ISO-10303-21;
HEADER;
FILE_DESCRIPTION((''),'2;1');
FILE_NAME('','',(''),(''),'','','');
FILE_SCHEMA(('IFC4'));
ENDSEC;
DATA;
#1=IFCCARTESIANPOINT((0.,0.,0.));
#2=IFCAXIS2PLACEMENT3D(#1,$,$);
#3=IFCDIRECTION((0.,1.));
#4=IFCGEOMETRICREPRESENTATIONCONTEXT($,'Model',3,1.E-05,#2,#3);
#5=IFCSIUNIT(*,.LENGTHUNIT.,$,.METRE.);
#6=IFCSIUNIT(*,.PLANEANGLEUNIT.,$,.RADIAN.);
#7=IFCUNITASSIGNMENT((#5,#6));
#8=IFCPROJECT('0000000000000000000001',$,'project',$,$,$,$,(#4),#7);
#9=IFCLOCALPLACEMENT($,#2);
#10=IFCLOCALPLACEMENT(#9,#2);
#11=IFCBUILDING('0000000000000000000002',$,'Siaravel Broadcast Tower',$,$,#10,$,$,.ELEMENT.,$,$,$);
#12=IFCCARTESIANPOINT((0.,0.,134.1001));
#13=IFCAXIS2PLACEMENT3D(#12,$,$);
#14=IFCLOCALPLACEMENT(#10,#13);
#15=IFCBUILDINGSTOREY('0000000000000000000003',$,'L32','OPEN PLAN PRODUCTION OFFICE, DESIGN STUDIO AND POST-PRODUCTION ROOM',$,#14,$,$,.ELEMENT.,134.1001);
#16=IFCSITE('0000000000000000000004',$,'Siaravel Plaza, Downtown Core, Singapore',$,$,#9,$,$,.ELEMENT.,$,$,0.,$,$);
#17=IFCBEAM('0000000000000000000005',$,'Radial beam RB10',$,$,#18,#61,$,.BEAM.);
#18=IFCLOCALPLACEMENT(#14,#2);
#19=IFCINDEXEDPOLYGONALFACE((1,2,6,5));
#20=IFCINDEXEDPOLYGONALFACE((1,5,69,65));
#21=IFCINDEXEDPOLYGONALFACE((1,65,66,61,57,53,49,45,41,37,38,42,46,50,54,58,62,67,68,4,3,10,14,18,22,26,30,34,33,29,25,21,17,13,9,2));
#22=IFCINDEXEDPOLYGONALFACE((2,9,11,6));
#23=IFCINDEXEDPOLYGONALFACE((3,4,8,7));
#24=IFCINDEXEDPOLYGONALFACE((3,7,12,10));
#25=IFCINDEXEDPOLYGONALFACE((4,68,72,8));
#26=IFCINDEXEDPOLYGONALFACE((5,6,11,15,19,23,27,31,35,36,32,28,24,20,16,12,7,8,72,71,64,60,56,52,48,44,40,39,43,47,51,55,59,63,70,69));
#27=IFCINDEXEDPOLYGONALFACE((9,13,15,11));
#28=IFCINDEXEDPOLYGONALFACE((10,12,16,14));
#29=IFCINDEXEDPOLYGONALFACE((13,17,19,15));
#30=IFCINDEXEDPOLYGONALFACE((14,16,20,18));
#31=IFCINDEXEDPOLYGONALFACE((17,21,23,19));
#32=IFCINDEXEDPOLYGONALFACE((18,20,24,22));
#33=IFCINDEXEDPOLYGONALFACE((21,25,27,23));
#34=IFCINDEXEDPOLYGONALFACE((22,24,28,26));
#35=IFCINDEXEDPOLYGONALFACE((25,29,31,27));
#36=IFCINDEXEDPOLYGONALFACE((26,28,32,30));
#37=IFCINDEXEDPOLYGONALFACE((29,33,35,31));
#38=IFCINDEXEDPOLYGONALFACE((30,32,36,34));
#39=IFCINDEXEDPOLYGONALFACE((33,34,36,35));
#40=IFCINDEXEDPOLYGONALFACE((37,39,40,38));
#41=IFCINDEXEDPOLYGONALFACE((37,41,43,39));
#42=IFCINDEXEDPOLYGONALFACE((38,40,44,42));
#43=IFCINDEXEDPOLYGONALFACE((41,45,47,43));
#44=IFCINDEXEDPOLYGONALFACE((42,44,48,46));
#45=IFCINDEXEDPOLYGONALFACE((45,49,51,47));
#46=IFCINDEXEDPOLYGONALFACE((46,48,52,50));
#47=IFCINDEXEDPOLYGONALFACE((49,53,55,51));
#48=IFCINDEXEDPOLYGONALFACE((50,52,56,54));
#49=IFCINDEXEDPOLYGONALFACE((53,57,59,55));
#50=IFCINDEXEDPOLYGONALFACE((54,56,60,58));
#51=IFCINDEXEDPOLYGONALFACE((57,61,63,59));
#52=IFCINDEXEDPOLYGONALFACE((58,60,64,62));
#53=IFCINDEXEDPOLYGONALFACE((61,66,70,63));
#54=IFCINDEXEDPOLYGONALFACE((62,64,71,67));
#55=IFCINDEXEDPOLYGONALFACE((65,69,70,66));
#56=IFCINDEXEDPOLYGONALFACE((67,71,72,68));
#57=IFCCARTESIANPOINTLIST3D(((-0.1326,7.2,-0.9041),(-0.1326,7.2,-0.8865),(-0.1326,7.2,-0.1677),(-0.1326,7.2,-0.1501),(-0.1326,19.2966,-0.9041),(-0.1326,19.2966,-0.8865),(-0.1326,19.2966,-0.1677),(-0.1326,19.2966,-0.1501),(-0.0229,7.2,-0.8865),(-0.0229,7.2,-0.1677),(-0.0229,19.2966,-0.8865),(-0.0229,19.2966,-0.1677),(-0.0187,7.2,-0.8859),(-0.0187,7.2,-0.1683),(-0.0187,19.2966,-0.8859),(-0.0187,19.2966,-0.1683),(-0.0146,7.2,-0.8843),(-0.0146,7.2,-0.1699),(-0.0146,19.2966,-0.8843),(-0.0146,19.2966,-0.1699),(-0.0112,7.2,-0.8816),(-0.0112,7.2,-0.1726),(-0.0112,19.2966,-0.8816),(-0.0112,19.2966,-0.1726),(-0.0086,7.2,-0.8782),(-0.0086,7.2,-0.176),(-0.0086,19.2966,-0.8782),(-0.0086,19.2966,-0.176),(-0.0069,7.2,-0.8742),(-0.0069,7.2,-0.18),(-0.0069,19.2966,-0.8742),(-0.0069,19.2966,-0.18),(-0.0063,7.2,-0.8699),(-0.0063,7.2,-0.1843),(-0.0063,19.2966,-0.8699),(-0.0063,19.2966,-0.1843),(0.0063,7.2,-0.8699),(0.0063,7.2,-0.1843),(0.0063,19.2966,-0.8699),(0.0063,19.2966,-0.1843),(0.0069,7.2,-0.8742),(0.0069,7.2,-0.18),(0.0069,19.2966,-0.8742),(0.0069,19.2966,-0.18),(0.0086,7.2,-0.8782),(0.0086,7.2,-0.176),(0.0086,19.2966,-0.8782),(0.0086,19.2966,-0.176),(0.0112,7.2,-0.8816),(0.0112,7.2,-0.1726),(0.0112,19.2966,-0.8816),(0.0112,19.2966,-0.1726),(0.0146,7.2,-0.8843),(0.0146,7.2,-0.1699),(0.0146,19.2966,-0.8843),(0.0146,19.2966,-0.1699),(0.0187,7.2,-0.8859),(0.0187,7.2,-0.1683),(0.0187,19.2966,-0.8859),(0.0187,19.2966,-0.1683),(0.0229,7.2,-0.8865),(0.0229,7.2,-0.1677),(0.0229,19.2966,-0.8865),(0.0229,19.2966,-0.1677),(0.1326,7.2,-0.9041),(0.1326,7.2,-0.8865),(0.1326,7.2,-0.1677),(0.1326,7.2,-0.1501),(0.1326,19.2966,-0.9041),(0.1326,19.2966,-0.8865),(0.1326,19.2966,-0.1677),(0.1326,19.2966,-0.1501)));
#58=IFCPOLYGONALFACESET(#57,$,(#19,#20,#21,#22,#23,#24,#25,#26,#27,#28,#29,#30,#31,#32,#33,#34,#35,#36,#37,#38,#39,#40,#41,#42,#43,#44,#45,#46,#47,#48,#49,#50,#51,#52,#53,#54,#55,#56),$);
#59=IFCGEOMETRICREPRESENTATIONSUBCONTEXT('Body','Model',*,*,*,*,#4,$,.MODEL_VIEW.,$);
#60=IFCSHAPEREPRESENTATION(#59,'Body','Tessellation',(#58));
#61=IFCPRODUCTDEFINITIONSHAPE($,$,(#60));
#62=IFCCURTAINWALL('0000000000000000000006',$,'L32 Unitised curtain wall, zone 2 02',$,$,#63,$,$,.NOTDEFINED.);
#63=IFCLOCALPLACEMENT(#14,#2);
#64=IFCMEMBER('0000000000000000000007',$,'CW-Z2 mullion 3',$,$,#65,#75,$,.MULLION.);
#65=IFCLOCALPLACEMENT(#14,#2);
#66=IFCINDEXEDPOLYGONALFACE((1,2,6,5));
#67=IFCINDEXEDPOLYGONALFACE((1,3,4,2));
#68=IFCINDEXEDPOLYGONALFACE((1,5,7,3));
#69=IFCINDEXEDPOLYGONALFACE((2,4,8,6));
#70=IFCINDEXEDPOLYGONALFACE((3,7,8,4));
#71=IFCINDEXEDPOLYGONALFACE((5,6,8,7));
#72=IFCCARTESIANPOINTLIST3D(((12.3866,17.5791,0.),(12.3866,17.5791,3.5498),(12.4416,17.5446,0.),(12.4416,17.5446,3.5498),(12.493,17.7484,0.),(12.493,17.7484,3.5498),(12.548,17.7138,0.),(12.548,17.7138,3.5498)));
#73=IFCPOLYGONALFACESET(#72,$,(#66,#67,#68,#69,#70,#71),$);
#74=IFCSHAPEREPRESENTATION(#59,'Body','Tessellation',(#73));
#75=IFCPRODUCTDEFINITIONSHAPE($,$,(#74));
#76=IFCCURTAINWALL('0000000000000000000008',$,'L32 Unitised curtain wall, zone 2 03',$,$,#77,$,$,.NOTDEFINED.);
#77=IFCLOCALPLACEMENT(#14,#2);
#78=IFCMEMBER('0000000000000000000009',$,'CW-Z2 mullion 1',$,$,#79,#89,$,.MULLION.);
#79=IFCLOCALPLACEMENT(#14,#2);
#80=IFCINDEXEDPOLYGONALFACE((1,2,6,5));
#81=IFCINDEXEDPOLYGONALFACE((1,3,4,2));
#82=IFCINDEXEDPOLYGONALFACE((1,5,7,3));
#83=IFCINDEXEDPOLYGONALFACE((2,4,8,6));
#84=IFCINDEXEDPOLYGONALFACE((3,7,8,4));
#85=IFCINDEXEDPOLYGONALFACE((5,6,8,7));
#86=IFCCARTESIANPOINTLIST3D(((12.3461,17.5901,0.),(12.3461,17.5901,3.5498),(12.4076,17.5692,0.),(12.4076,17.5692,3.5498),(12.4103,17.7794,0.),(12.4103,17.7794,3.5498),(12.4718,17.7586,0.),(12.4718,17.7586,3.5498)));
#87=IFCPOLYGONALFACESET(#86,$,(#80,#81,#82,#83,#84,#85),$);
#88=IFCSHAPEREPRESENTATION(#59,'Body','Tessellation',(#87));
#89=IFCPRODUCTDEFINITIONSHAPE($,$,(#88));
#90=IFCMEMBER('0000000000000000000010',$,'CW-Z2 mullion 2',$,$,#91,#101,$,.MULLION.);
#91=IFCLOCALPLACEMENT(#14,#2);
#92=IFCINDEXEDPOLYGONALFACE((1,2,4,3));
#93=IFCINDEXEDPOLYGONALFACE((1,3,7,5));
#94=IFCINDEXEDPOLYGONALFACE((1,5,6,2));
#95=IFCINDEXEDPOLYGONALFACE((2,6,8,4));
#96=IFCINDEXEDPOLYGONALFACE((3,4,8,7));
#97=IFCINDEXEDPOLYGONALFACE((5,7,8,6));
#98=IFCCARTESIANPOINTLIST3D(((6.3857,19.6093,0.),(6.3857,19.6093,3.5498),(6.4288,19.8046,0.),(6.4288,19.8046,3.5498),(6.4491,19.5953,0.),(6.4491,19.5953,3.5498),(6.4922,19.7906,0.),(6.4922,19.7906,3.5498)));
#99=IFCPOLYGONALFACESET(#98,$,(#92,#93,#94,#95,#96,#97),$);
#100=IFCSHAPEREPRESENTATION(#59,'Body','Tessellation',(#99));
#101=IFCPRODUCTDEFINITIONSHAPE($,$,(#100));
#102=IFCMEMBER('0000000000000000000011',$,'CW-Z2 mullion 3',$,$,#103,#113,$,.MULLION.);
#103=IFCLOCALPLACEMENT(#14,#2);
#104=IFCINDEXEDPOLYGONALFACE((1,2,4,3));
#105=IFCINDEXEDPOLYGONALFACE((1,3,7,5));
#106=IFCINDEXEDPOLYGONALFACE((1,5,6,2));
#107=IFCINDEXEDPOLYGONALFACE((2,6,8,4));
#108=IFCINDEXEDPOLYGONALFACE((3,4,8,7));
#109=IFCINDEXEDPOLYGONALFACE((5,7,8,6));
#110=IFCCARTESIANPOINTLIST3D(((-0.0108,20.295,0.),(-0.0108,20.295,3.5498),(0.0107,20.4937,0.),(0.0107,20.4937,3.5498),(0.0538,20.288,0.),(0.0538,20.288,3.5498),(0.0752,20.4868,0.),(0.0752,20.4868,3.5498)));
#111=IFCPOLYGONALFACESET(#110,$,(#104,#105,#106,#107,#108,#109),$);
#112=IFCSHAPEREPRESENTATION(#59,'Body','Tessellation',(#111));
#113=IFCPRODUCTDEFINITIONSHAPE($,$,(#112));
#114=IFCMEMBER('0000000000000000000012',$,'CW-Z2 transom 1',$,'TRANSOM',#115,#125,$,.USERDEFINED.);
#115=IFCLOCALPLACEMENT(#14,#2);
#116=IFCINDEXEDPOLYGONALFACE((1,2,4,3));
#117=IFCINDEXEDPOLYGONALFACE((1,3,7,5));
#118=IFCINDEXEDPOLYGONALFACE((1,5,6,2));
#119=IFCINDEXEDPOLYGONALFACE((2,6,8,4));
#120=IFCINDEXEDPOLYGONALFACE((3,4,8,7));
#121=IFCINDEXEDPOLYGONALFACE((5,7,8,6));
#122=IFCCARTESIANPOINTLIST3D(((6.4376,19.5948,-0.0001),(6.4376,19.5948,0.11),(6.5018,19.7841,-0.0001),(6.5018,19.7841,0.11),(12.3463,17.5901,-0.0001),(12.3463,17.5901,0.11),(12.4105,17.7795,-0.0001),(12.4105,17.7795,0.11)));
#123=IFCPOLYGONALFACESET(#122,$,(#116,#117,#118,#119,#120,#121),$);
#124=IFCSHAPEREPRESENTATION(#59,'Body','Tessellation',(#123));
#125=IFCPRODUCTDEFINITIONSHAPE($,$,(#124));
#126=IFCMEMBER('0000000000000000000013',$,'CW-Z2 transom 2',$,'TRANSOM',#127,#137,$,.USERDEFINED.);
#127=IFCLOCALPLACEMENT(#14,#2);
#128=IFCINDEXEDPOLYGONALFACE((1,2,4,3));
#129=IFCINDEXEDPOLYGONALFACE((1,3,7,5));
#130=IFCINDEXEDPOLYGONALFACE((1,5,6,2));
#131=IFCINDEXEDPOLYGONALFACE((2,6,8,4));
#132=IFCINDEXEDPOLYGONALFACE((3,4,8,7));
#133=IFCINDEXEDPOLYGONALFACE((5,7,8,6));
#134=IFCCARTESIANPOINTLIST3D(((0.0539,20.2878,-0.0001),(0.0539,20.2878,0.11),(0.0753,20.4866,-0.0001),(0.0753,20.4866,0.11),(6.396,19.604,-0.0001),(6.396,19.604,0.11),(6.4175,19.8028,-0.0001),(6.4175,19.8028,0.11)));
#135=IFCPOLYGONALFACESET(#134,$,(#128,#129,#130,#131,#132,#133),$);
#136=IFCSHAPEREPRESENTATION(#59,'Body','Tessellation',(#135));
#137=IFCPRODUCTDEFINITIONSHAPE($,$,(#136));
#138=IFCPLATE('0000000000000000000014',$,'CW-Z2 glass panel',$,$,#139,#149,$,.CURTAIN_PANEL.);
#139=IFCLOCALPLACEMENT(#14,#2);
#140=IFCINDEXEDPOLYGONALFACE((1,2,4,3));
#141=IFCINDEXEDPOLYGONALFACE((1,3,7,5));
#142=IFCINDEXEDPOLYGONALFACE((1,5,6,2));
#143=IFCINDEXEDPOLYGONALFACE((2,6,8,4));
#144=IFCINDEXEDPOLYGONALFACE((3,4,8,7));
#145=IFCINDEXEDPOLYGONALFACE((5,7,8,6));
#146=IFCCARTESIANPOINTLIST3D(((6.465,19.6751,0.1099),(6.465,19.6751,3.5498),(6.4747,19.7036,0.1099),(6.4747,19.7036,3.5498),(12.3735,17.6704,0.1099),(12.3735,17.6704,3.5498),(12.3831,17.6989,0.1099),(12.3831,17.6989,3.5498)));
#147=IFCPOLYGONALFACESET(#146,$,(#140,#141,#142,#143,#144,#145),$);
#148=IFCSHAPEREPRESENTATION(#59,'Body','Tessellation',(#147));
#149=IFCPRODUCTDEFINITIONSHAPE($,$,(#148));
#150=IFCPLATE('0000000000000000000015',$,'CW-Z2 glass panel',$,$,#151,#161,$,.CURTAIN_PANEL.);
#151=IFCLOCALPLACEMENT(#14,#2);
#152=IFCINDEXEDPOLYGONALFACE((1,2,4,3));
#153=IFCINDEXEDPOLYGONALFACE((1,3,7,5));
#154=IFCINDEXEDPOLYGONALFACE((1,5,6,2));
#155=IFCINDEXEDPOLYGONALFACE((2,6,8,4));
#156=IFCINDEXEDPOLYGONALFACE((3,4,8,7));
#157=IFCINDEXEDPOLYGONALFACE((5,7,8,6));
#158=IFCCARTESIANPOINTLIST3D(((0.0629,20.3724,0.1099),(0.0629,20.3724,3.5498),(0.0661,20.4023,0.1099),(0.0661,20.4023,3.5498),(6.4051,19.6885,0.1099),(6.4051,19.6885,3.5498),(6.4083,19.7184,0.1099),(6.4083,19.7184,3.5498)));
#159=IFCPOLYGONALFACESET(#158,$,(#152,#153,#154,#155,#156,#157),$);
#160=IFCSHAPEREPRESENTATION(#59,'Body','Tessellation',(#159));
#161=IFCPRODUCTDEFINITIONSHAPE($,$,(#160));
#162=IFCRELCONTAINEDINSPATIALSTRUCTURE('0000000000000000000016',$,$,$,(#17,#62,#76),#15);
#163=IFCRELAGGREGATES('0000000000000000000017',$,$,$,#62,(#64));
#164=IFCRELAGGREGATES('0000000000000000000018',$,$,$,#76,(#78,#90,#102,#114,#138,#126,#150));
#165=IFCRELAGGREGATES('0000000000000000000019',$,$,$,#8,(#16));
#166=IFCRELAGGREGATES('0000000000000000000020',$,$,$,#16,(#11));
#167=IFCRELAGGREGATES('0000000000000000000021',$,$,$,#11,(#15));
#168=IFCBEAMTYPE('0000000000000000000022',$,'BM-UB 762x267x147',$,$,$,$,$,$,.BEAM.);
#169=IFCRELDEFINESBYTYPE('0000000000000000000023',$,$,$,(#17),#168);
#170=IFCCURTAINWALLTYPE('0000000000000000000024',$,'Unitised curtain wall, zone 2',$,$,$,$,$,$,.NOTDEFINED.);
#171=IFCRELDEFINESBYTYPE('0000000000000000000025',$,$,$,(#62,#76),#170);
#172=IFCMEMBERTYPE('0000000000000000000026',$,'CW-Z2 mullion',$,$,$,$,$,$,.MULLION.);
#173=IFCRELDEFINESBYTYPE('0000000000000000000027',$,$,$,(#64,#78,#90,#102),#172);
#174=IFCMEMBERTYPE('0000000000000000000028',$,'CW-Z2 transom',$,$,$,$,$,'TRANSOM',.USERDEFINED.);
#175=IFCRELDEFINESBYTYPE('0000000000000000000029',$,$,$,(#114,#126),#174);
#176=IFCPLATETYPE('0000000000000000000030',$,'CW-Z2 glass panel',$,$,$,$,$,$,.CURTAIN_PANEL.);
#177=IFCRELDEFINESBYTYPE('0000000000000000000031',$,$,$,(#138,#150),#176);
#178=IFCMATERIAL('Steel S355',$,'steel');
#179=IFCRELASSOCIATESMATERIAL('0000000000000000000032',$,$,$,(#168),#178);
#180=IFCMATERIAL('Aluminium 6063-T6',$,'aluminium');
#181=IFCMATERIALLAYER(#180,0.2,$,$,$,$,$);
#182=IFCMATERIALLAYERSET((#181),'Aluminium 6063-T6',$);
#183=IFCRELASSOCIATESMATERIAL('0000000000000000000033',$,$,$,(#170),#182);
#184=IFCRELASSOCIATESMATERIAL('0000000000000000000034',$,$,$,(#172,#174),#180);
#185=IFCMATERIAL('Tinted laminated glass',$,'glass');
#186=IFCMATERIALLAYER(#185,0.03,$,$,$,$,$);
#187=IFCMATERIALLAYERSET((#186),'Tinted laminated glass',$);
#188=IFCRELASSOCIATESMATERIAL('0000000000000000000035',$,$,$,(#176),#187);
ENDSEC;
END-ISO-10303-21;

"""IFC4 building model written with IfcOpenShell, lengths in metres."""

from ifc_helpers import new_model, si_unit, direction, frame, origin, origin_2d, place, context, subcontext, project, spatial, rectangle, i_section, extrude, material, layer, layer_set, material_profile, profile_set, type_object, element, aggregate, save


model = new_model("IFC4")

# Units and contexts
model_context = context("Model", 3, precision=1e-05, world=origin(), true_north=direction((0.0, 1.0)))
body_context = subcontext(model_context, "Body", "Model", "MODEL_VIEW")
ifc_project = project(units=[si_unit("LENGTHUNIT", "METRE"), si_unit("PLANEANGLEUNIT", "RADIAN")], contexts=[model_context])

# Site, building, storey
site_placement = place(None, origin())
site = spatial("IfcSite", under=ifc_project, at=site_placement, Name="Siaravel Plaza, Downtown Core, Singapore", CompositionType="ELEMENT", RefElevation=0.0)
building_placement = place(site_placement, origin())
building = spatial("IfcBuilding", under=site, at=building_placement, Name="Siaravel Broadcast Tower", CompositionType="ELEMENT")
storey_placement = place(building_placement, frame((0.0, 0.0, 134.1001)))
storey = spatial("IfcBuildingStorey", under=building, at=storey_placement, Name="L32", Description="OPEN PLAN PRODUCTION OFFICE, DESIGN STUDIO AND POST-PRODUCTION ROOM", CompositionType="ELEMENT", Elevation=134.1001)

# Beam
ifc_material_1 = material(Name="Steel S355", Category="steel")
ifc_material_profile_1 = material_profile(ifc_material_1, i_section(OverallWidth=0.2651, OverallDepth=0.7539, WebThickness=0.0127, FlangeThickness=0.0176, FilletRadius=0.0166, at=origin_2d()))
ifc_profile_set_1 = profile_set([ifc_material_profile_1], Name="Steel S355")
beam_type = type_object("IfcBeamType", Name="BM-UB 762x267x147", PredefinedType="BEAM", material=ifc_profile_set_1)
beam_1_placement = place(storey_placement, frame((0.0, 19.2966, -0.5271), z_axis=(0.0, -1.0, 0.0), x_axis=(1.0, 0.0, 0.0)))
element("IfcBeam", 1, at=beam_1_placement, inside=storey, type_object=beam_type, Name="Radial beam RB10", PredefinedType="BEAM", context=body_context, shape_type="SweptSolid", body=[
    extrude(i_section(OverallWidth=0.2651, OverallDepth=0.7539, WebThickness=0.0127, FlangeThickness=0.0176, FilletRadius=0.0166, at=origin_2d()), origin(), (0.0, 0.0, 1.0), 12.0967),
])

# Curtain wall, member
ifc_material_2 = material(Name="Aluminium 6063-T6", Category="aluminium")
ifc_layer_1 = layer(ifc_material_2, 0.2)
ifc_layer_set_1 = layer_set([ifc_layer_1], Name="Aluminium 6063-T6")
curtain_wall_type = type_object("IfcCurtainWallType", Name="Unitised curtain wall, zone 2", PredefinedType="NOTDEFINED", material=ifc_layer_set_1)
curtain_wall_1_placement = place(storey_placement, origin())
curtain_wall_1 = element("IfcCurtainWall", 2, at=curtain_wall_1_placement, inside=storey, type_object=curtain_wall_type, Name="L32 Unitised curtain wall, zone 2 02", PredefinedType="NOTDEFINED")
ifc_material_profile_2 = material_profile(ifc_material_2, rectangle(XDim=0.2, YDim=0.0649, at=origin_2d()))
ifc_profile_set_2 = profile_set([ifc_material_profile_2], Name="Aluminium 6063-T6")
member_type_1 = type_object("IfcMemberType", Name="CW-Z2 mullion", PredefinedType="MULLION", material=ifc_profile_set_2)
member_1_placement = place(storey_placement, frame((12.4673, 17.6465, 0.0), z_axis=(0.0, 0.0, 1.0), x_axis=(-0.532151, -0.846649, 0.0)))
member_1 = element("IfcMember", 3, at=member_1_placement, type_object=member_type_1, Name="CW-Z2 mullion 3", PredefinedType="MULLION", context=body_context, shape_type="SweptSolid", body=[
    extrude(rectangle(XDim=0.2, YDim=0.0649, at=origin_2d()), origin(), (0.0, 0.0, 1.0), 3.5498),
])
aggregate(curtain_wall_1, [member_1])

# Curtain wall, members, plates
curtain_wall_2_placement = place(storey_placement, origin())
curtain_wall_2 = element("IfcCurtainWall", 4, at=curtain_wall_2_placement, inside=storey, type_object=curtain_wall_type, Name="L32 Unitised curtain wall, zone 2 03", PredefinedType="NOTDEFINED")
member_2_placement = place(storey_placement, frame((12.4089, 17.6743, 0.0), z_axis=(0.0, 0.0, 1.0), x_axis=(-0.321302, -0.946977, 0.0)))
member_2 = element("IfcMember", 5, at=member_2_placement, type_object=member_type_1, Name="CW-Z2 mullion 1", PredefinedType="MULLION", context=body_context, shape_type="SweptSolid", body=[
    extrude(rectangle(XDim=0.2, YDim=0.0649, at=origin_2d()), origin(), (0.0, 0.0, 1.0), 3.5498),
])
member_3_placement = place(storey_placement, frame((6.439, 19.7, 0.0), z_axis=(0.0, 0.0, 1.0), x_axis=(-0.215559, -0.976491, 0.0)))
member_3 = element("IfcMember", 6, at=member_3_placement, type_object=member_type_1, Name="CW-Z2 mullion 2", PredefinedType="MULLION", context=body_context, shape_type="SweptSolid", body=[
    extrude(rectangle(XDim=0.2, YDim=0.0649, at=origin_2d()), origin(), (0.0, 0.0, 1.0), 3.5498),
])
member_4_placement = place(storey_placement, frame((0.0322, 20.3909, 0.0), z_axis=(0.0, 0.0, 1.0), x_axis=(-0.107218, -0.994236, 0.0)))
member_4 = element("IfcMember", 7, at=member_4_placement, type_object=member_type_1, Name="CW-Z2 mullion 3", PredefinedType="MULLION", context=body_context, shape_type="SweptSolid", body=[
    extrude(rectangle(XDim=0.2, YDim=0.0649, at=origin_2d()), origin(), (0.0, 0.0, 1.0), 3.5498),
])
ifc_material_profile_3 = material_profile(ifc_material_2, rectangle(XDim=0.2, YDim=0.1101, at=origin_2d()))
ifc_profile_set_3 = profile_set([ifc_material_profile_3], Name="Aluminium 6063-T6")
member_type_2 = type_object("IfcMemberType", Name="CW-Z2 transom", ElementType="TRANSOM", PredefinedType="USERDEFINED", material=ifc_profile_set_3)
member_5_placement = place(storey_placement, frame((12.3784, 17.6848, 0.0549), z_axis=(-0.946983, 0.321283, 0.0), x_axis=(-0.321283, -0.946983, 0.0)))
member_5 = element("IfcMember", 8, at=member_5_placement, type_object=member_type_2, Name="CW-Z2 transom 1", ObjectType="TRANSOM", PredefinedType="USERDEFINED", context=body_context, shape_type="SweptSolid", body=[
    extrude(rectangle(XDim=0.2, YDim=0.1101, at=origin_2d()), origin(), (0.0, 0.0, 1.0), 6.2395),
])
member_6_placement = place(storey_placement, frame((6.4067, 19.7034, 0.0549), z_axis=(-0.994237, 0.107205, 0.0), x_axis=(-0.107205, -0.994237, 0.0)))
member_6 = element("IfcMember", 9, at=member_6_placement, type_object=member_type_2, Name="CW-Z2 transom 2", ObjectType="TRANSOM", PredefinedType="USERDEFINED", context=body_context, shape_type="SweptSolid", body=[
    extrude(rectangle(XDim=0.2, YDim=0.1101, at=origin_2d()), origin(), (0.0, 0.0, 1.0), 6.3789),
])
ifc_material_3 = material(Name="Tinted laminated glass", Category="glass")
ifc_layer_2 = layer(ifc_material_3, 0.03)
ifc_layer_set_2 = layer_set([ifc_layer_2], Name="Tinted laminated glass")
plate_type = type_object("IfcPlateType", Name="CW-Z2 glass panel", PredefinedType="CURTAIN_PANEL", material=ifc_layer_set_2)
plate_1_placement = place(storey_placement, frame((9.4241, 18.687, 0.1099), z_axis=(0.0, 0.0, 1.0), x_axis=(-0.946977, 0.321302, 0.0)))
plate_1 = element("IfcPlate", 10, at=plate_1_placement, type_object=plate_type, Name="CW-Z2 glass panel", PredefinedType="CURTAIN_PANEL", context=body_context, shape_type="SweptSolid", body=[
    extrude(rectangle(XDim=6.2393, YDim=0.03, at=origin_2d()), origin(), (0.0, 0.0, 1.0), 3.4399),
])
plate_2_placement = place(storey_placement, frame((3.2356, 20.0454, 0.1099), z_axis=(0.0, 0.0, 1.0), x_axis=(-0.994236, 0.107218, 0.0)))
plate_2 = element("IfcPlate", 11, at=plate_2_placement, type_object=plate_type, Name="CW-Z2 glass panel", PredefinedType="CURTAIN_PANEL", context=body_context, shape_type="SweptSolid", body=[
    extrude(rectangle(XDim=6.3789, YDim=0.03, at=origin_2d()), origin(), (0.0, 0.0, 1.0), 3.4399),
])
aggregate(curtain_wall_2, [member_2, member_3, member_4, member_5, plate_1, member_6, plate_2])

save(model, "model.ifc")
